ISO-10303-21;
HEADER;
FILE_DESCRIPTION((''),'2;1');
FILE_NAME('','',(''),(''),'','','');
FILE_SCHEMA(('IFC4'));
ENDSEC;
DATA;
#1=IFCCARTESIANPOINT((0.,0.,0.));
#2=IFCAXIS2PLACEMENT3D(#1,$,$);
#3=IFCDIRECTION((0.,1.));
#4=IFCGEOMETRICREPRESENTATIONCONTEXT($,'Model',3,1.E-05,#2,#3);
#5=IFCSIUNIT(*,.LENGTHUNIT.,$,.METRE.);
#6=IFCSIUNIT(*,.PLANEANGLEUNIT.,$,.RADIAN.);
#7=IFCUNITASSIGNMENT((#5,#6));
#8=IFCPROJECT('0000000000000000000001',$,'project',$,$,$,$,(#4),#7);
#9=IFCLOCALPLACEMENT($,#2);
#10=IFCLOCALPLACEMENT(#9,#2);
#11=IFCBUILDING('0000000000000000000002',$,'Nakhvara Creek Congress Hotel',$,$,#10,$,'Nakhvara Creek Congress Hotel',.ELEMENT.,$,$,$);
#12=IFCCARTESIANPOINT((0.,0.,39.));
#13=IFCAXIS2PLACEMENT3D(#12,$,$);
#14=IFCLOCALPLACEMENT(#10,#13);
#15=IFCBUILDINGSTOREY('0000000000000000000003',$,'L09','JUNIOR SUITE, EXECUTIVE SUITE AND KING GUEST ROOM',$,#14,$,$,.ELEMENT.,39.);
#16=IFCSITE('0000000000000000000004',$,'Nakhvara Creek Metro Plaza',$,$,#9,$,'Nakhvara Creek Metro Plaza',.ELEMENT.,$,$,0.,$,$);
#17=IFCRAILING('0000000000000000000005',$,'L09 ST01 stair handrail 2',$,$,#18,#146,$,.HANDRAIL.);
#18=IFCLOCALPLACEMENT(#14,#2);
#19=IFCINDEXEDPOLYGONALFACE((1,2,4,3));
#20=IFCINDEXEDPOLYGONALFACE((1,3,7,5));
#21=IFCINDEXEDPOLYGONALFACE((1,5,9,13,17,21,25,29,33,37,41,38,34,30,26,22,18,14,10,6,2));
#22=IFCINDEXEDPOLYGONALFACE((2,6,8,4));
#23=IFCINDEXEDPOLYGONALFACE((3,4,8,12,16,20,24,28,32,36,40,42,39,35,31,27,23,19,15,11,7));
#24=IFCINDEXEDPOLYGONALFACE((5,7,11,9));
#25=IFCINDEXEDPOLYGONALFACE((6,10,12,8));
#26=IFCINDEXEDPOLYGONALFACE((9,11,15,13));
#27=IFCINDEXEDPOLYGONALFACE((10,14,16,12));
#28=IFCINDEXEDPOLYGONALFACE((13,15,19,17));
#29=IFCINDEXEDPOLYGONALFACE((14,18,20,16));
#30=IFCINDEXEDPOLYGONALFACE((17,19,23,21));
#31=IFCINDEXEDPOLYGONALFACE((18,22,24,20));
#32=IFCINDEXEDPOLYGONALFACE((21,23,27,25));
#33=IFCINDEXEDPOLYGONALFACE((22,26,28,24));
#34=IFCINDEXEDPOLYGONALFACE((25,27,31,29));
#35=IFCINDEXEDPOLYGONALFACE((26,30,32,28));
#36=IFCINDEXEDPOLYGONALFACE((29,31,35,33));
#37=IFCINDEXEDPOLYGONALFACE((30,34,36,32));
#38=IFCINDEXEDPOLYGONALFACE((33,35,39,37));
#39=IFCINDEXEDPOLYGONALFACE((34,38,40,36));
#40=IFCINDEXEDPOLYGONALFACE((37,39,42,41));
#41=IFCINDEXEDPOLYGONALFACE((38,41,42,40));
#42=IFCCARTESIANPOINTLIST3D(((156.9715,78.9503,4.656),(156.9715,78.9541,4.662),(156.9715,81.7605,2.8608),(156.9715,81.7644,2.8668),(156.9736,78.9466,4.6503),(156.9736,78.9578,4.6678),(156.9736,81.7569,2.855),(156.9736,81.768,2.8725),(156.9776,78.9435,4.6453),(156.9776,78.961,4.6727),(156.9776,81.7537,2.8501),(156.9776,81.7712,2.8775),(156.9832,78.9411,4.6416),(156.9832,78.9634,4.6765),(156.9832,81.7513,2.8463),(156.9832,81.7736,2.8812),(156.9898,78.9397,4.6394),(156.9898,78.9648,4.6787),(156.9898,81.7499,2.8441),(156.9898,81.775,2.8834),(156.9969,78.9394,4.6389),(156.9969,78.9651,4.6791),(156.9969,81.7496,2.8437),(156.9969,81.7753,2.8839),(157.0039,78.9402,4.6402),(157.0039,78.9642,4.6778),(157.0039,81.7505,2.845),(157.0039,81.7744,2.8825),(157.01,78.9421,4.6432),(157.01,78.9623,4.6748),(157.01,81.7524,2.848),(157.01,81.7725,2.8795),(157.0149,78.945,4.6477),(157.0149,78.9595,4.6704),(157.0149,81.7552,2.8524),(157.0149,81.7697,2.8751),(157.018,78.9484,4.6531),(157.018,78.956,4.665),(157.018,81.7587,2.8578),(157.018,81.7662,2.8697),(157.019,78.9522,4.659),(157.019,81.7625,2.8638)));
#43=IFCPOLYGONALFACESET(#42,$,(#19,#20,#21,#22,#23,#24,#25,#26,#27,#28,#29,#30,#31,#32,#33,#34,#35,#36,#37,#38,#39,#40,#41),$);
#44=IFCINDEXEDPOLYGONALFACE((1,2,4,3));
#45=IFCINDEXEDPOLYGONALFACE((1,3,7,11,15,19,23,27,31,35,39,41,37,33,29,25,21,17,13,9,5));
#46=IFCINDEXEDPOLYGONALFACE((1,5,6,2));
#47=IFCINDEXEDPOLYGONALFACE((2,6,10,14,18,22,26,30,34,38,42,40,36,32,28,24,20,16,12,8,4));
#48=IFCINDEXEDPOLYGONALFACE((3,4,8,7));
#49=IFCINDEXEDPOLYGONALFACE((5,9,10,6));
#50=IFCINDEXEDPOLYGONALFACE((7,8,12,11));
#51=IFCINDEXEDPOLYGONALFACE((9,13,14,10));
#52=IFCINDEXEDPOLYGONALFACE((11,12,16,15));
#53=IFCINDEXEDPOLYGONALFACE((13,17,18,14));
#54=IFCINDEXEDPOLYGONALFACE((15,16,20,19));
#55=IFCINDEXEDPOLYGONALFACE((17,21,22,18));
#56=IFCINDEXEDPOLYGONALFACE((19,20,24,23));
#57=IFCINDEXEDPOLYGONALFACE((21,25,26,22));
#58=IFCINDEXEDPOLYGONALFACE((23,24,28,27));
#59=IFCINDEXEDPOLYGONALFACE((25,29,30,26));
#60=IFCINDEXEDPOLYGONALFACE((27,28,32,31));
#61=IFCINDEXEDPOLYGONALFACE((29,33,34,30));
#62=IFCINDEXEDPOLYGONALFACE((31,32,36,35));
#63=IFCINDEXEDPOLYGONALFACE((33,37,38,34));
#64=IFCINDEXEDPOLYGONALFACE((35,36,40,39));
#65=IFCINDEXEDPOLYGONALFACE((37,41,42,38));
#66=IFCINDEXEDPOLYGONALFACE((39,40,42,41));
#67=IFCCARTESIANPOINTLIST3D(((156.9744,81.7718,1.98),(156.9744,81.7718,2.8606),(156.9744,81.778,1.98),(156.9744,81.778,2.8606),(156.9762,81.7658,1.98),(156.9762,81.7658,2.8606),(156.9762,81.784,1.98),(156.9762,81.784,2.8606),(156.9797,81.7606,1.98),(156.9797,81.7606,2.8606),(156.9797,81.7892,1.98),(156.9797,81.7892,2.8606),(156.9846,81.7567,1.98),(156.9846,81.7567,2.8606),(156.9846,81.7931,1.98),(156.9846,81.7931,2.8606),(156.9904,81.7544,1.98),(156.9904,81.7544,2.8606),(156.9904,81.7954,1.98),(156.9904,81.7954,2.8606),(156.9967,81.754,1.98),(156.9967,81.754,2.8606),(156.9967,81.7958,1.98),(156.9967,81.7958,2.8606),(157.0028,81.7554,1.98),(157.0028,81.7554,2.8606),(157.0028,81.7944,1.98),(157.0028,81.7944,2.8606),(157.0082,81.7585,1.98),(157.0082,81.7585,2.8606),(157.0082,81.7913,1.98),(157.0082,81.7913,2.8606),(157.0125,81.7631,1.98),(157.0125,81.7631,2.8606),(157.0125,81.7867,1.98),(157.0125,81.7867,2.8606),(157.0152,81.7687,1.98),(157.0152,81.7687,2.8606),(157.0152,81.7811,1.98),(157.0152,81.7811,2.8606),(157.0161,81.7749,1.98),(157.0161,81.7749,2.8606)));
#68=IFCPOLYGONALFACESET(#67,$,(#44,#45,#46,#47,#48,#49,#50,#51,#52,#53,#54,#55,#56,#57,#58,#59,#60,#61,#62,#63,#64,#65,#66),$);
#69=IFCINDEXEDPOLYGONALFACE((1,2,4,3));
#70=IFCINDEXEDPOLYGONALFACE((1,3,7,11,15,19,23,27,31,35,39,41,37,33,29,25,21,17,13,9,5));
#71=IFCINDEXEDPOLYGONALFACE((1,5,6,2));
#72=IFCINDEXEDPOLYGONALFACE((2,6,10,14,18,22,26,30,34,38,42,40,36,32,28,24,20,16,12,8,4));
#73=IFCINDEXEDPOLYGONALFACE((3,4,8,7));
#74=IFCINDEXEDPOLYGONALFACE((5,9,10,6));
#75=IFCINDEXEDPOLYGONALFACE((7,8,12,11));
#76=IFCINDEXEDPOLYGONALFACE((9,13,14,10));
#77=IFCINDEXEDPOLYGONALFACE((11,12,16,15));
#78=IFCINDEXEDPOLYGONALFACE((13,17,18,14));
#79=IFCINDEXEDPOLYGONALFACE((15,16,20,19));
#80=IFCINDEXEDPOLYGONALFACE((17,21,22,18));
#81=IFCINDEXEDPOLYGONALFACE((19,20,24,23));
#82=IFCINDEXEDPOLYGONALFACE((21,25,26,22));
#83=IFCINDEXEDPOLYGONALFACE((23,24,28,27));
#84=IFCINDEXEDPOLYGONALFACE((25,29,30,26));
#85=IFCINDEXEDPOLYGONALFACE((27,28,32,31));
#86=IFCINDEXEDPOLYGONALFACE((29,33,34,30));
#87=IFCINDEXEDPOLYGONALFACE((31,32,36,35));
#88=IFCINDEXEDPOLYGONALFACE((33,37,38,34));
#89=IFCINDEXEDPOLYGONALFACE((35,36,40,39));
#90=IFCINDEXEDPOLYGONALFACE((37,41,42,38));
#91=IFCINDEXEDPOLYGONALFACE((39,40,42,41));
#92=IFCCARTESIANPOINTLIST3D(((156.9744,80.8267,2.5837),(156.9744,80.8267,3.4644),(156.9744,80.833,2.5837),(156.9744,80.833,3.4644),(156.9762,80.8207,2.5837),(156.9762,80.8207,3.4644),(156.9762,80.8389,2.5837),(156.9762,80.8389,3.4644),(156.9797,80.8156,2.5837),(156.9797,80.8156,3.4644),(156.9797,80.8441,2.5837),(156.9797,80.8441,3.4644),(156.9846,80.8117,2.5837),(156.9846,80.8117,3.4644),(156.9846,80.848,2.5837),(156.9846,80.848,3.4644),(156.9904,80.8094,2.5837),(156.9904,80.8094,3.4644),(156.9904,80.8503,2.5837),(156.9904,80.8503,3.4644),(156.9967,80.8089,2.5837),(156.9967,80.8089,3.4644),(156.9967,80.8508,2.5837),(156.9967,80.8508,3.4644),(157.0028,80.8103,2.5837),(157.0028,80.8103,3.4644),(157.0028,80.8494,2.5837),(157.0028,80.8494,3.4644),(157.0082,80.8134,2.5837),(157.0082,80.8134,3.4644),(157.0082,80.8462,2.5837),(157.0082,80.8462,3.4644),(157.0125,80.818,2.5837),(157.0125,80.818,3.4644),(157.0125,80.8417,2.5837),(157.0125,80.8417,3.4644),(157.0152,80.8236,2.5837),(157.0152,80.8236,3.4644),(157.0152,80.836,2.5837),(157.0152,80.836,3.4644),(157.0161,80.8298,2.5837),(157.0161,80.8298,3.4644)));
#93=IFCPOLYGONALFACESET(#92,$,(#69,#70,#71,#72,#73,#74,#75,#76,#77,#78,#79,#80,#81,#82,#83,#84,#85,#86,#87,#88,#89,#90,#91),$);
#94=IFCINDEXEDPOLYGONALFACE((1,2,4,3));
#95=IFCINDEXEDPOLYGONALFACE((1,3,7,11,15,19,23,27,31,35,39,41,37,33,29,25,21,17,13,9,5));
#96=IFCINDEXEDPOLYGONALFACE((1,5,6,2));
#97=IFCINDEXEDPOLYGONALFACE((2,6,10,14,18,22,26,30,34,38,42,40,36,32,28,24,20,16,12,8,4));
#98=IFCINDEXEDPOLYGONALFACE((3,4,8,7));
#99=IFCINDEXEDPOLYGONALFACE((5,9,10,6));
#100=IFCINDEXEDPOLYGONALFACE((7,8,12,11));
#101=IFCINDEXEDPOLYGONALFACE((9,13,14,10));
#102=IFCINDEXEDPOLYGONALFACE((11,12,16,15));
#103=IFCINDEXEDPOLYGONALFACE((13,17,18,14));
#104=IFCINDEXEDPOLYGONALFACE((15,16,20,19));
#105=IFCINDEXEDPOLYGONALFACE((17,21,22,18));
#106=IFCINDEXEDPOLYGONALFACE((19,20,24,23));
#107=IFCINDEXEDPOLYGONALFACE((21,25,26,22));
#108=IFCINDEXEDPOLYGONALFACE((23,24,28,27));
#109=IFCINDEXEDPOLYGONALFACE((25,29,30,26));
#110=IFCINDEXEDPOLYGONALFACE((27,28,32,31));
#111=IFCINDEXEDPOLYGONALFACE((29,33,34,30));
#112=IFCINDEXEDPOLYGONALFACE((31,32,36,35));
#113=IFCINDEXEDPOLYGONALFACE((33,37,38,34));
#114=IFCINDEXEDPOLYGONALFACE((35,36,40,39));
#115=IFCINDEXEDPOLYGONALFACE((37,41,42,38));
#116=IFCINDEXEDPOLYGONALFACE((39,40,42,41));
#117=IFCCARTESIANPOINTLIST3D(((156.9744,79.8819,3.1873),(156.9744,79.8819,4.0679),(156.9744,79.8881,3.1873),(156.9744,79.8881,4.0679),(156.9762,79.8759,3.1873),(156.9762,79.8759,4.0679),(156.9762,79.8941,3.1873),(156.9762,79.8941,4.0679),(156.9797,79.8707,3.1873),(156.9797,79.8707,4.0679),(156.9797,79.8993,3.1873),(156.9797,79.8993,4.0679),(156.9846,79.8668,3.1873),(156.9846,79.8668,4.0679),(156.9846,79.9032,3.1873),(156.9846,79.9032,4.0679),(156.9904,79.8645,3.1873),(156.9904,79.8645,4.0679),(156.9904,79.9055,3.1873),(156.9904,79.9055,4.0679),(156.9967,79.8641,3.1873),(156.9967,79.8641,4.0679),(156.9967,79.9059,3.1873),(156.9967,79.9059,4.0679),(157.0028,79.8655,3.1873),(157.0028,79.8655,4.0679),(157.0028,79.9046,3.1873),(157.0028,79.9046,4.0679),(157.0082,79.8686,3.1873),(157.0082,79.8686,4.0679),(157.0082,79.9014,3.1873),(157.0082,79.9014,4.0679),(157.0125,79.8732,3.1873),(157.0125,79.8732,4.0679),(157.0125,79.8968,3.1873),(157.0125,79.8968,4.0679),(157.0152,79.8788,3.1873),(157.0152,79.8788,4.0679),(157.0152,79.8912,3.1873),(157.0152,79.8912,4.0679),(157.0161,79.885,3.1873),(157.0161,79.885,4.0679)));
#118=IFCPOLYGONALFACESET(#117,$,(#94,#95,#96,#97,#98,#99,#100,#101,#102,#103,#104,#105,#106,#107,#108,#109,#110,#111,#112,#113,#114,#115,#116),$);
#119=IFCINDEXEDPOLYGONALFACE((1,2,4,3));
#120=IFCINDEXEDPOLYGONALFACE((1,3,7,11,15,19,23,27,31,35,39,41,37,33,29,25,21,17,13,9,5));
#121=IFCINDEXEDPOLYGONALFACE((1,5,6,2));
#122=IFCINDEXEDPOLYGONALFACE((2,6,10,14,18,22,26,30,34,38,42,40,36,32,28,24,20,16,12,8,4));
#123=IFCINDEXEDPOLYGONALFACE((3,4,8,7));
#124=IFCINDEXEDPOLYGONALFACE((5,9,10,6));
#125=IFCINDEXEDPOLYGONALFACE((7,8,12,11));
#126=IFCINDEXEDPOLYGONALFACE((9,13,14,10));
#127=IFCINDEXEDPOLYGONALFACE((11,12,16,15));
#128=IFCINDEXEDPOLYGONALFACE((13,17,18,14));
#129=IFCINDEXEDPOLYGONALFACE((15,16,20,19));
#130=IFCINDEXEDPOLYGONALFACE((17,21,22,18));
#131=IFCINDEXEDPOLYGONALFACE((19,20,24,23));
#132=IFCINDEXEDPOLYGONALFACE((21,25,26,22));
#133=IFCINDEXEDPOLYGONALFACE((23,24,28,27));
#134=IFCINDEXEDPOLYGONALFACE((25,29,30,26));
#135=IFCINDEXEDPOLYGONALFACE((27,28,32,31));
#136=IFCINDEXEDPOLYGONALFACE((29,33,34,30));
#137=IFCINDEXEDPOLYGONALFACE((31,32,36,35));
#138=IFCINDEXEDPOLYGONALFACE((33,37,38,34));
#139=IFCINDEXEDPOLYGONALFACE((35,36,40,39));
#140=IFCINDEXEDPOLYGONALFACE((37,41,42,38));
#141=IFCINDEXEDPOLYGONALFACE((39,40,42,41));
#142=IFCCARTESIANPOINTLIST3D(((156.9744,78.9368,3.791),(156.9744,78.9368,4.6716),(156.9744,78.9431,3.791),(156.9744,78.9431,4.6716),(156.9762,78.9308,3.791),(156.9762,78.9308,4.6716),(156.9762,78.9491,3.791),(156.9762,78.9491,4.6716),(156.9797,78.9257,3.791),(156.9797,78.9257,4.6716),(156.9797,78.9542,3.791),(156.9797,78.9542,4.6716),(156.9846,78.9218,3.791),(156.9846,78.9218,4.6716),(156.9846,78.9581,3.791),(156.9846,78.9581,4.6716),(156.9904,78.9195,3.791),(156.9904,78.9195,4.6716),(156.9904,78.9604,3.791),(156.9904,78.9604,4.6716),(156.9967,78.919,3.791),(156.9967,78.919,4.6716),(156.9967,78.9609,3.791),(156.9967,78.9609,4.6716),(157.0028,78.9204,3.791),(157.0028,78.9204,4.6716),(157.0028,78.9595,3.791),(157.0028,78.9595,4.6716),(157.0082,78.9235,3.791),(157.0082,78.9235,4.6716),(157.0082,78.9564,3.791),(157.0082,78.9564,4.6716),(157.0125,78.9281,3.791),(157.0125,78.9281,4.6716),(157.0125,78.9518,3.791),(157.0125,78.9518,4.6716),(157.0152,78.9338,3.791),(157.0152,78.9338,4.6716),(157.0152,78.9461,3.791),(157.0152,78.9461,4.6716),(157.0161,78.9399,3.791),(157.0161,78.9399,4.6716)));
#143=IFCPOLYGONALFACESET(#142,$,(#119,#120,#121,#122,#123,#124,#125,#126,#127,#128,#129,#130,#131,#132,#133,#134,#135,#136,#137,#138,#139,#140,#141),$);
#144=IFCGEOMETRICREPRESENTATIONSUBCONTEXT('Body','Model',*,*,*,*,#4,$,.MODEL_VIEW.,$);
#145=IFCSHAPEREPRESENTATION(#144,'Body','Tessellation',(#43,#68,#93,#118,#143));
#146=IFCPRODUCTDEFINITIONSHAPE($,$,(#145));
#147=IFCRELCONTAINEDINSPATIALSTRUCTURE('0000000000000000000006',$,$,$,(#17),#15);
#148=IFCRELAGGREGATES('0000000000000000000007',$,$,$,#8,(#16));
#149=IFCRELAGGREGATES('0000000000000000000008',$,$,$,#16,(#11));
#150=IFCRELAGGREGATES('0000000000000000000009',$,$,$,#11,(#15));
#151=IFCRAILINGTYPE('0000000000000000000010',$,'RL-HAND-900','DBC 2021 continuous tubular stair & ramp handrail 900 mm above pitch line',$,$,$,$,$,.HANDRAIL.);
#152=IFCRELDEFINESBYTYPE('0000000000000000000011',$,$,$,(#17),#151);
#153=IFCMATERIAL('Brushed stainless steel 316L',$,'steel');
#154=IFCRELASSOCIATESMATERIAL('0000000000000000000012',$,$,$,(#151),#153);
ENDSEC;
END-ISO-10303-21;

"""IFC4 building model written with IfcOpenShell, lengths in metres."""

from ifc_helpers import new_model, si_unit, direction, frame, origin, origin_2d, place, context, subcontext, project, spatial, circle, extrude, material, type_object, element, save


model = new_model("IFC4")

# Units and contexts
model_context = context("Model", 3, precision=1e-05, world=origin(), true_north=direction((0.0, 1.0)))
body_context = subcontext(model_context, "Body", "Model", "MODEL_VIEW")
ifc_project = project(units=[si_unit("LENGTHUNIT", "METRE"), si_unit("PLANEANGLEUNIT", "RADIAN")], contexts=[model_context])

# Site, building, storey
site_placement = place(None, origin())
site = spatial("IfcSite", under=ifc_project, at=site_placement, Name="Nakhvara Creek Metro Plaza", LongName="Nakhvara Creek Metro Plaza", CompositionType="ELEMENT", RefElevation=0.0)
building_placement = place(site_placement, origin())
building = spatial("IfcBuilding", under=site, at=building_placement, Name="Nakhvara Creek Congress Hotel", LongName="Nakhvara Creek Congress Hotel", CompositionType="ELEMENT")
storey_placement = place(building_placement, frame((0.0, 0.0, 39.0)))
storey = spatial("IfcBuildingStorey", under=building, at=storey_placement, Name="L09", Description="JUNIOR SUITE, EXECUTIVE SUITE AND KING GUEST ROOM", CompositionType="ELEMENT", Elevation=39.0)

# Railing
ifc_material_1 = material(Name="Brushed stainless steel 316L", Category="steel")
railing_type_1 = type_object("IfcRailingType", Name="RL-HAND-900", Description="DBC 2021 continuous tubular stair & ramp handrail 900 mm above pitch line", PredefinedType="HANDRAIL", material=ifc_material_1)
railing_1_placement = place(storey_placement, frame((156.9951, 81.7749, 1.98)))
element("IfcRailing", 1, at=railing_1_placement, inside=storey, type_object=railing_type_1, Name="L09 ST01 stair handrail 2", PredefinedType="HANDRAIL", context=body_context, shape_type="SweptSolid", body=[
    extrude(circle(Radius=0.0239, at=origin_2d()), frame((0.0, -0.0125, 0.8838), z_axis=(0.0, -0.842722, 0.538349), x_axis=(1.0, 0.0, 0.0)), (0.0, 0.0, 1.0), 3.3347),
    extrude(circle(Radius=0.021, at=origin_2d()), origin(), (0.0, 0.0, 1.0), 0.8806),
    extrude(circle(Radius=0.021, at=origin_2d()), frame((0.0, -0.9451, 0.6038)), (0.0, 0.0, 1.0), 0.8806),
    extrude(circle(Radius=0.021, at=origin_2d()), frame((0.0, -1.8899, 1.2073)), (0.0, 0.0, 1.0), 0.8806),
    extrude(circle(Radius=0.021, at=origin_2d()), frame((0.0, -2.835, 1.811)), (0.0, 0.0, 1.0), 0.8806),
])

save(model, "model.ifc")
